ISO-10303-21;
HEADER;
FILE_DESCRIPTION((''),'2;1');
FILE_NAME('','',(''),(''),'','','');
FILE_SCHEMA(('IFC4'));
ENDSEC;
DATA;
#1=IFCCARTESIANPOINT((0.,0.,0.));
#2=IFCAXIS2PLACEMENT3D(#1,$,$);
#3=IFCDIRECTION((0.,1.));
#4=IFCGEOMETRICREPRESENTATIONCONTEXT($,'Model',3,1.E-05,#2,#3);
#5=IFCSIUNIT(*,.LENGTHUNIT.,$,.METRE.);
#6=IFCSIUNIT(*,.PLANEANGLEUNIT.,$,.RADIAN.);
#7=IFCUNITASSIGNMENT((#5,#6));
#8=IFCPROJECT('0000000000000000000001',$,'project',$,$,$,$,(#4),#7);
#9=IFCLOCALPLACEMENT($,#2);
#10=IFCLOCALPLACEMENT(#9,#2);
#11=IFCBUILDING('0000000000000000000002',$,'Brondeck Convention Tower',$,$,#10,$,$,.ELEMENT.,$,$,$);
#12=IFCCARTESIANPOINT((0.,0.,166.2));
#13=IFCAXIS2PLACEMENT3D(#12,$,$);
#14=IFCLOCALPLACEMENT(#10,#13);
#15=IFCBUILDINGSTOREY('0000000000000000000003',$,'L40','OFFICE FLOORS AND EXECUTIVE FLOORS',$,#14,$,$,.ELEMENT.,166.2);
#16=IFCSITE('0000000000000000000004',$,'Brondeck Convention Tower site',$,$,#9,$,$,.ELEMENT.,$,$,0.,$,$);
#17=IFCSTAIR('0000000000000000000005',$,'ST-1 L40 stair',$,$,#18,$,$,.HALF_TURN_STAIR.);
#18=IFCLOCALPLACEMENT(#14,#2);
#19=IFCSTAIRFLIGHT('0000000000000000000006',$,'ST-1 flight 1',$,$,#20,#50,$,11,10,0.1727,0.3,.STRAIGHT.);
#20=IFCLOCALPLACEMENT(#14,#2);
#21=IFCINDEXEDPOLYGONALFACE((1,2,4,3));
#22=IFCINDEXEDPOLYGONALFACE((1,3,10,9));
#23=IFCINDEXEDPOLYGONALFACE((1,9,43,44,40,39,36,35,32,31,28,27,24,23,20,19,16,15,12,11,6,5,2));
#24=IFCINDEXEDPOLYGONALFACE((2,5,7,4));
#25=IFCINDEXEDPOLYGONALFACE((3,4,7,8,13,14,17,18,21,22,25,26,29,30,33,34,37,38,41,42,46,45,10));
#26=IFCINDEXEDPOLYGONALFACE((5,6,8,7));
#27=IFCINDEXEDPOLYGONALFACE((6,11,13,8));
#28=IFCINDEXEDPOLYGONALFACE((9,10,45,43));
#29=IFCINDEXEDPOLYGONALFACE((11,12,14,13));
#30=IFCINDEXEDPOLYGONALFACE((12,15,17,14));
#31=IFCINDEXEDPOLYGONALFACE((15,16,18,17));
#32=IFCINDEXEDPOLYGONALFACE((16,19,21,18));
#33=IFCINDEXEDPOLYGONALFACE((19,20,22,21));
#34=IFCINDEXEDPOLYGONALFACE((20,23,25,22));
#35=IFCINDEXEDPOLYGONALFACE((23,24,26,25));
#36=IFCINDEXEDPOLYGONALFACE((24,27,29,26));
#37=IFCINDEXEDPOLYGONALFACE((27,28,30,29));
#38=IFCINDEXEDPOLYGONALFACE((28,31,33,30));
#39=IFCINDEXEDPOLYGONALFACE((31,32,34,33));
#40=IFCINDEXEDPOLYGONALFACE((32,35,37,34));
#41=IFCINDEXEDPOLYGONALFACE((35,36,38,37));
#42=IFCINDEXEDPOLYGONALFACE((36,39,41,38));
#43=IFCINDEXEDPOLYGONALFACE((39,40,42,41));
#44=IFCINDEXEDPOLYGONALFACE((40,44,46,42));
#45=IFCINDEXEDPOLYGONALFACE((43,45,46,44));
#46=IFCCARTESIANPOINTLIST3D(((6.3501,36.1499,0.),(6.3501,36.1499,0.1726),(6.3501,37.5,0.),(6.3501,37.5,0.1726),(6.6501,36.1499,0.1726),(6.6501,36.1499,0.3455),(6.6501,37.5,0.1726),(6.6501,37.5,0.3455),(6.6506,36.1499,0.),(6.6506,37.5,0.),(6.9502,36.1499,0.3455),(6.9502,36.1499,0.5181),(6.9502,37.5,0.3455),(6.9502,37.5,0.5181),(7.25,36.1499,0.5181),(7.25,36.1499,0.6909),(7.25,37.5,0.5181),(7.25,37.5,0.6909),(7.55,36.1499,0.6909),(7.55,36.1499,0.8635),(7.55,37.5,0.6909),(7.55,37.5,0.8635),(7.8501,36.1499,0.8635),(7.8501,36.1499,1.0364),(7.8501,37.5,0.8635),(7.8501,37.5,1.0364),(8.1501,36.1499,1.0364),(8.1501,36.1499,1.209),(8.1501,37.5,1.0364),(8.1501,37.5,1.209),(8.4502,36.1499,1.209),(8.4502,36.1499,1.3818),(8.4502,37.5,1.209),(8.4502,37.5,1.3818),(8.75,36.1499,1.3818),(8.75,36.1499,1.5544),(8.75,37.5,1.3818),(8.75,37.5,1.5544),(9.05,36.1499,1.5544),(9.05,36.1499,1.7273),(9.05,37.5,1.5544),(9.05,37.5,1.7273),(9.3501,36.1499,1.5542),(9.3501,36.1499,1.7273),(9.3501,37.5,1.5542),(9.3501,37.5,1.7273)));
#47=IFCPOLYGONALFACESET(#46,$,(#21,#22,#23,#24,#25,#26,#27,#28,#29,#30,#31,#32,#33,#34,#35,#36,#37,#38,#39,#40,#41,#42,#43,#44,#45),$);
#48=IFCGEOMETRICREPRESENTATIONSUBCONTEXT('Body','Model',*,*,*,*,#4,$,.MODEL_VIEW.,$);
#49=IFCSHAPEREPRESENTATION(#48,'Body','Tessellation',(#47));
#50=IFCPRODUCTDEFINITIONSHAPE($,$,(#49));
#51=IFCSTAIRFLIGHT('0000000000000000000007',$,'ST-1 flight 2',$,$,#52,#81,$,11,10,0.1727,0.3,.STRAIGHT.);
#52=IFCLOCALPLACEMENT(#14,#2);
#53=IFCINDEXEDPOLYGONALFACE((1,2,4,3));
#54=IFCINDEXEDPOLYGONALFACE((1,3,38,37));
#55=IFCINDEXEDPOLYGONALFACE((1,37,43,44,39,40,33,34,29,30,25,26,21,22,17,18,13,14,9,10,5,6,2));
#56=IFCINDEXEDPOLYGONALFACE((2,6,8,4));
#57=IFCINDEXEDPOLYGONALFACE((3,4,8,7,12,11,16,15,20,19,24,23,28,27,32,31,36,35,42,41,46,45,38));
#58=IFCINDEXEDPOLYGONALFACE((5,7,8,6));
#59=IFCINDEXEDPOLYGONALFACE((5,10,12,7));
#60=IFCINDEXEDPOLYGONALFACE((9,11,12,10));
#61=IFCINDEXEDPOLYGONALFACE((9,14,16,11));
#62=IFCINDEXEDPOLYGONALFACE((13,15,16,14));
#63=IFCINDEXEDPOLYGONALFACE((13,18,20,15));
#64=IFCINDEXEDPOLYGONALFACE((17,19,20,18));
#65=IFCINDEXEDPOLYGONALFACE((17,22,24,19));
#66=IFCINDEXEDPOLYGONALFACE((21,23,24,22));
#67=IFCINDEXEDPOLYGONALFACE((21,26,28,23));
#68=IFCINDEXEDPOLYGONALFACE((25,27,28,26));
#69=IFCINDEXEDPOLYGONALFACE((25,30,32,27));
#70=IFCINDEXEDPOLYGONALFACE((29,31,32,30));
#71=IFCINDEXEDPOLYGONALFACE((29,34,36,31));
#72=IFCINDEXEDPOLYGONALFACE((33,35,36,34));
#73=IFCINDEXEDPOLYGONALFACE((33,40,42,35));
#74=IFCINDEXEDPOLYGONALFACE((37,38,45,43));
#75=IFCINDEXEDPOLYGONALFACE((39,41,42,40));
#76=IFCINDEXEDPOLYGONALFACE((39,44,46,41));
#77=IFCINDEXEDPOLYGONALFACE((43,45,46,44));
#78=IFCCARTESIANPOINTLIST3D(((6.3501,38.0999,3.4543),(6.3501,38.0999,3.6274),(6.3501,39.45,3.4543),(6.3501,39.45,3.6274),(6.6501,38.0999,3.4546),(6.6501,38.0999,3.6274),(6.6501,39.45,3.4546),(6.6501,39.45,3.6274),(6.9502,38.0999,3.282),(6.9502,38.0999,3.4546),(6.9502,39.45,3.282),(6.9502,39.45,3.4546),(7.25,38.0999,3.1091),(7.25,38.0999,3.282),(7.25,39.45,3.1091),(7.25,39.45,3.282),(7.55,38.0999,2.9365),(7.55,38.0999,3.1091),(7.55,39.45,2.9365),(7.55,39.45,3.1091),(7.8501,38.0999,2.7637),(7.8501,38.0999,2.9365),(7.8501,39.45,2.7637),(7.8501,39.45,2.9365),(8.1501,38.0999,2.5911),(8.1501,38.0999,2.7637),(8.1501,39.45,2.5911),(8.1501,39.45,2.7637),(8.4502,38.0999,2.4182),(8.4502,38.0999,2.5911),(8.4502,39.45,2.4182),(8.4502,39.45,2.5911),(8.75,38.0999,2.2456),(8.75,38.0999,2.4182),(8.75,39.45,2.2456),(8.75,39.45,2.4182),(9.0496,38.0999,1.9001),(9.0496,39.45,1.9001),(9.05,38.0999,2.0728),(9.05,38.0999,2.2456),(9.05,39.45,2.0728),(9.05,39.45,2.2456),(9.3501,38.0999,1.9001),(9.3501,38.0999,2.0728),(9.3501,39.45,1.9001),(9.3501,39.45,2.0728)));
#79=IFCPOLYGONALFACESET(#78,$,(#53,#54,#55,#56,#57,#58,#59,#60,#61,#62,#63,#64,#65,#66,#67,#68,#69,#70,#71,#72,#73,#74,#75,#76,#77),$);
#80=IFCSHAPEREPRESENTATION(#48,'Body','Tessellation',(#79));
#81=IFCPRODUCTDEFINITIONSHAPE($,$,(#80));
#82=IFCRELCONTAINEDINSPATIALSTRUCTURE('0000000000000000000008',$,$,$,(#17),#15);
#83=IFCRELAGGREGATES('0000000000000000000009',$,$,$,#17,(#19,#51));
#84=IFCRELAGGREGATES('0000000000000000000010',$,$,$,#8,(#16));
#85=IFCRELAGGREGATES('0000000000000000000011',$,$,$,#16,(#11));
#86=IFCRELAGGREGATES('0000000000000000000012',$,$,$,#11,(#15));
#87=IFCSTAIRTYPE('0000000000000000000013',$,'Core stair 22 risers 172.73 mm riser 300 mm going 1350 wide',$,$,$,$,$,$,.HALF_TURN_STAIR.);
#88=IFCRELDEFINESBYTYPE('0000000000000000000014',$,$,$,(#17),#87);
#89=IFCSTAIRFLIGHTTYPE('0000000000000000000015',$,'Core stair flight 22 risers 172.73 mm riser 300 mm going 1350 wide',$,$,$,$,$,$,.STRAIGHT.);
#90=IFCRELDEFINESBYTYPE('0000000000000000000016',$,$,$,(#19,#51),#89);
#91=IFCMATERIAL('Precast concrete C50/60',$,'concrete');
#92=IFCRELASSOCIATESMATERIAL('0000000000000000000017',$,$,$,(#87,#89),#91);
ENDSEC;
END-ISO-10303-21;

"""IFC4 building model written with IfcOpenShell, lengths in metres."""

from ifc_helpers import new_model, si_unit, direction, frame, origin, place, context, subcontext, project, spatial, polyline, outline, extrude, material, type_object, element, aggregate, save


model = new_model("IFC4")

# Units and contexts
model_context = context("Model", 3, precision=1e-05, world=origin(), true_north=direction((0.0, 1.0)))
body_context = subcontext(model_context, "Body", "Model", "MODEL_VIEW")
ifc_project = project(units=[si_unit("LENGTHUNIT", "METRE"), si_unit("PLANEANGLEUNIT", "RADIAN")], contexts=[model_context])

# Site, building, storey
site_placement = place(None, origin())
site = spatial("IfcSite", under=ifc_project, at=site_placement, Name="Brondeck Convention Tower site", CompositionType="ELEMENT", RefElevation=0.0)
building_placement = place(site_placement, origin())
building = spatial("IfcBuilding", under=site, at=building_placement, Name="Brondeck Convention Tower", CompositionType="ELEMENT")
storey_placement = place(building_placement, frame((0.0, 0.0, 166.2)))
storey = spatial("IfcBuildingStorey", under=building, at=storey_placement, Name="L40", Description="OFFICE FLOORS AND EXECUTIVE FLOORS", CompositionType="ELEMENT", Elevation=166.2)

# Stair, stair flights
ifc_material_1 = material(Name="Precast concrete C50/60", Category="concrete")
stair_type = type_object("IfcStairType", Name="Core stair 22 risers 172.73 mm riser 300 mm going 1350 wide", PredefinedType="HALF_TURN_STAIR", material=ifc_material_1)
stair_placement = place(storey_placement, origin())
stair = element("IfcStair", 1, at=stair_placement, inside=storey, type_object=stair_type, Name="ST-1 L40 stair", PredefinedType="HALF_TURN_STAIR")
stair_flight_type = type_object("IfcStairFlightType", Name="Core stair flight 22 risers 172.73 mm riser 300 mm going 1350 wide", PredefinedType="STRAIGHT", material=ifc_material_1)
stair_flight_1_placement = place(storey_placement, frame((6.3501, 36.825, 0.0), z_axis=(0.0, 0.0, 1.0), x_axis=(1.0, 0.0, 0.0)))
stair_flight_1 = element("IfcStairFlight", 2, at=stair_flight_1_placement, type_object=stair_flight_type, Name="ST-1 flight 1", NumberOfRisers=11, NumberOfTreads=10, PredefinedType="STRAIGHT", RiserHeight=0.1727, TreadLength=0.3, context=body_context, shape_type="SweptSolid", body=[
    extrude(outline(polyline([(0.0, 0.0), (0.0, 0.1726), (0.3, 0.1726), (0.3, 0.3455), (0.6001, 0.3455), (0.6001, 0.5181), (0.8999, 0.5181), (0.8999, 0.6909), (1.2, 0.6909), (1.2, 0.8635), (1.5, 0.8635), (1.5, 1.0364), (1.8, 1.0364), (1.8, 1.209), (2.1001, 1.209), (2.1001, 1.3818), (2.3999, 1.3818), (2.3999, 1.5544), (2.7, 1.5544), (2.7, 1.7273), (3.0, 1.7273), (3.0, 1.8999), (3.0, 1.5542), (0.3005, 0.0), (0.0, 0.0)])), frame((0.0, 0.675, 0.0), z_axis=(0.0, -1.0, 0.0), x_axis=(1.0, 0.0, 0.0)), (0.0, 0.0, 1.0), 1.3501),
])
stair_flight_2_placement = place(storey_placement, frame((9.3501, 38.7749, 1.9001), z_axis=(0.0, 0.0, 1.0), x_axis=(-1.0, 0.0, 0.0)))
stair_flight_2 = element("IfcStairFlight", 3, at=stair_flight_2_placement, type_object=stair_flight_type, Name="ST-1 flight 2", NumberOfRisers=11, NumberOfTreads=10, PredefinedType="STRAIGHT", RiserHeight=0.1727, TreadLength=0.3, context=body_context, shape_type="SweptSolid", body=[
    extrude(outline(polyline([(0.0, 0.0), (0.0, 0.1726), (0.3, 0.1726), (0.3, 0.3455), (0.6001, 0.3455), (0.6001, 0.5181), (0.8999, 0.5181), (0.8999, 0.6909), (1.2, 0.6909), (1.2, 0.8635), (1.5, 0.8635), (1.5, 1.0364), (1.8, 1.0364), (1.8, 1.209), (2.1001, 1.209), (2.1001, 1.3818), (2.3999, 1.3818), (2.3999, 1.5544), (2.7, 1.5544), (2.7, 1.7273), (3.0, 1.7273), (3.0, 1.8999), (3.0, 1.5542), (0.3005, 0.0), (0.0, 0.0)])), frame((0.0, 0.675, 0.0), z_axis=(0.0, -1.0, 0.0), x_axis=(1.0, 0.0, 0.0)), (0.0, 0.0, 1.0), 1.3501),
])
aggregate(stair, [stair_flight_1, stair_flight_2])

save(model, "model.ifc")
